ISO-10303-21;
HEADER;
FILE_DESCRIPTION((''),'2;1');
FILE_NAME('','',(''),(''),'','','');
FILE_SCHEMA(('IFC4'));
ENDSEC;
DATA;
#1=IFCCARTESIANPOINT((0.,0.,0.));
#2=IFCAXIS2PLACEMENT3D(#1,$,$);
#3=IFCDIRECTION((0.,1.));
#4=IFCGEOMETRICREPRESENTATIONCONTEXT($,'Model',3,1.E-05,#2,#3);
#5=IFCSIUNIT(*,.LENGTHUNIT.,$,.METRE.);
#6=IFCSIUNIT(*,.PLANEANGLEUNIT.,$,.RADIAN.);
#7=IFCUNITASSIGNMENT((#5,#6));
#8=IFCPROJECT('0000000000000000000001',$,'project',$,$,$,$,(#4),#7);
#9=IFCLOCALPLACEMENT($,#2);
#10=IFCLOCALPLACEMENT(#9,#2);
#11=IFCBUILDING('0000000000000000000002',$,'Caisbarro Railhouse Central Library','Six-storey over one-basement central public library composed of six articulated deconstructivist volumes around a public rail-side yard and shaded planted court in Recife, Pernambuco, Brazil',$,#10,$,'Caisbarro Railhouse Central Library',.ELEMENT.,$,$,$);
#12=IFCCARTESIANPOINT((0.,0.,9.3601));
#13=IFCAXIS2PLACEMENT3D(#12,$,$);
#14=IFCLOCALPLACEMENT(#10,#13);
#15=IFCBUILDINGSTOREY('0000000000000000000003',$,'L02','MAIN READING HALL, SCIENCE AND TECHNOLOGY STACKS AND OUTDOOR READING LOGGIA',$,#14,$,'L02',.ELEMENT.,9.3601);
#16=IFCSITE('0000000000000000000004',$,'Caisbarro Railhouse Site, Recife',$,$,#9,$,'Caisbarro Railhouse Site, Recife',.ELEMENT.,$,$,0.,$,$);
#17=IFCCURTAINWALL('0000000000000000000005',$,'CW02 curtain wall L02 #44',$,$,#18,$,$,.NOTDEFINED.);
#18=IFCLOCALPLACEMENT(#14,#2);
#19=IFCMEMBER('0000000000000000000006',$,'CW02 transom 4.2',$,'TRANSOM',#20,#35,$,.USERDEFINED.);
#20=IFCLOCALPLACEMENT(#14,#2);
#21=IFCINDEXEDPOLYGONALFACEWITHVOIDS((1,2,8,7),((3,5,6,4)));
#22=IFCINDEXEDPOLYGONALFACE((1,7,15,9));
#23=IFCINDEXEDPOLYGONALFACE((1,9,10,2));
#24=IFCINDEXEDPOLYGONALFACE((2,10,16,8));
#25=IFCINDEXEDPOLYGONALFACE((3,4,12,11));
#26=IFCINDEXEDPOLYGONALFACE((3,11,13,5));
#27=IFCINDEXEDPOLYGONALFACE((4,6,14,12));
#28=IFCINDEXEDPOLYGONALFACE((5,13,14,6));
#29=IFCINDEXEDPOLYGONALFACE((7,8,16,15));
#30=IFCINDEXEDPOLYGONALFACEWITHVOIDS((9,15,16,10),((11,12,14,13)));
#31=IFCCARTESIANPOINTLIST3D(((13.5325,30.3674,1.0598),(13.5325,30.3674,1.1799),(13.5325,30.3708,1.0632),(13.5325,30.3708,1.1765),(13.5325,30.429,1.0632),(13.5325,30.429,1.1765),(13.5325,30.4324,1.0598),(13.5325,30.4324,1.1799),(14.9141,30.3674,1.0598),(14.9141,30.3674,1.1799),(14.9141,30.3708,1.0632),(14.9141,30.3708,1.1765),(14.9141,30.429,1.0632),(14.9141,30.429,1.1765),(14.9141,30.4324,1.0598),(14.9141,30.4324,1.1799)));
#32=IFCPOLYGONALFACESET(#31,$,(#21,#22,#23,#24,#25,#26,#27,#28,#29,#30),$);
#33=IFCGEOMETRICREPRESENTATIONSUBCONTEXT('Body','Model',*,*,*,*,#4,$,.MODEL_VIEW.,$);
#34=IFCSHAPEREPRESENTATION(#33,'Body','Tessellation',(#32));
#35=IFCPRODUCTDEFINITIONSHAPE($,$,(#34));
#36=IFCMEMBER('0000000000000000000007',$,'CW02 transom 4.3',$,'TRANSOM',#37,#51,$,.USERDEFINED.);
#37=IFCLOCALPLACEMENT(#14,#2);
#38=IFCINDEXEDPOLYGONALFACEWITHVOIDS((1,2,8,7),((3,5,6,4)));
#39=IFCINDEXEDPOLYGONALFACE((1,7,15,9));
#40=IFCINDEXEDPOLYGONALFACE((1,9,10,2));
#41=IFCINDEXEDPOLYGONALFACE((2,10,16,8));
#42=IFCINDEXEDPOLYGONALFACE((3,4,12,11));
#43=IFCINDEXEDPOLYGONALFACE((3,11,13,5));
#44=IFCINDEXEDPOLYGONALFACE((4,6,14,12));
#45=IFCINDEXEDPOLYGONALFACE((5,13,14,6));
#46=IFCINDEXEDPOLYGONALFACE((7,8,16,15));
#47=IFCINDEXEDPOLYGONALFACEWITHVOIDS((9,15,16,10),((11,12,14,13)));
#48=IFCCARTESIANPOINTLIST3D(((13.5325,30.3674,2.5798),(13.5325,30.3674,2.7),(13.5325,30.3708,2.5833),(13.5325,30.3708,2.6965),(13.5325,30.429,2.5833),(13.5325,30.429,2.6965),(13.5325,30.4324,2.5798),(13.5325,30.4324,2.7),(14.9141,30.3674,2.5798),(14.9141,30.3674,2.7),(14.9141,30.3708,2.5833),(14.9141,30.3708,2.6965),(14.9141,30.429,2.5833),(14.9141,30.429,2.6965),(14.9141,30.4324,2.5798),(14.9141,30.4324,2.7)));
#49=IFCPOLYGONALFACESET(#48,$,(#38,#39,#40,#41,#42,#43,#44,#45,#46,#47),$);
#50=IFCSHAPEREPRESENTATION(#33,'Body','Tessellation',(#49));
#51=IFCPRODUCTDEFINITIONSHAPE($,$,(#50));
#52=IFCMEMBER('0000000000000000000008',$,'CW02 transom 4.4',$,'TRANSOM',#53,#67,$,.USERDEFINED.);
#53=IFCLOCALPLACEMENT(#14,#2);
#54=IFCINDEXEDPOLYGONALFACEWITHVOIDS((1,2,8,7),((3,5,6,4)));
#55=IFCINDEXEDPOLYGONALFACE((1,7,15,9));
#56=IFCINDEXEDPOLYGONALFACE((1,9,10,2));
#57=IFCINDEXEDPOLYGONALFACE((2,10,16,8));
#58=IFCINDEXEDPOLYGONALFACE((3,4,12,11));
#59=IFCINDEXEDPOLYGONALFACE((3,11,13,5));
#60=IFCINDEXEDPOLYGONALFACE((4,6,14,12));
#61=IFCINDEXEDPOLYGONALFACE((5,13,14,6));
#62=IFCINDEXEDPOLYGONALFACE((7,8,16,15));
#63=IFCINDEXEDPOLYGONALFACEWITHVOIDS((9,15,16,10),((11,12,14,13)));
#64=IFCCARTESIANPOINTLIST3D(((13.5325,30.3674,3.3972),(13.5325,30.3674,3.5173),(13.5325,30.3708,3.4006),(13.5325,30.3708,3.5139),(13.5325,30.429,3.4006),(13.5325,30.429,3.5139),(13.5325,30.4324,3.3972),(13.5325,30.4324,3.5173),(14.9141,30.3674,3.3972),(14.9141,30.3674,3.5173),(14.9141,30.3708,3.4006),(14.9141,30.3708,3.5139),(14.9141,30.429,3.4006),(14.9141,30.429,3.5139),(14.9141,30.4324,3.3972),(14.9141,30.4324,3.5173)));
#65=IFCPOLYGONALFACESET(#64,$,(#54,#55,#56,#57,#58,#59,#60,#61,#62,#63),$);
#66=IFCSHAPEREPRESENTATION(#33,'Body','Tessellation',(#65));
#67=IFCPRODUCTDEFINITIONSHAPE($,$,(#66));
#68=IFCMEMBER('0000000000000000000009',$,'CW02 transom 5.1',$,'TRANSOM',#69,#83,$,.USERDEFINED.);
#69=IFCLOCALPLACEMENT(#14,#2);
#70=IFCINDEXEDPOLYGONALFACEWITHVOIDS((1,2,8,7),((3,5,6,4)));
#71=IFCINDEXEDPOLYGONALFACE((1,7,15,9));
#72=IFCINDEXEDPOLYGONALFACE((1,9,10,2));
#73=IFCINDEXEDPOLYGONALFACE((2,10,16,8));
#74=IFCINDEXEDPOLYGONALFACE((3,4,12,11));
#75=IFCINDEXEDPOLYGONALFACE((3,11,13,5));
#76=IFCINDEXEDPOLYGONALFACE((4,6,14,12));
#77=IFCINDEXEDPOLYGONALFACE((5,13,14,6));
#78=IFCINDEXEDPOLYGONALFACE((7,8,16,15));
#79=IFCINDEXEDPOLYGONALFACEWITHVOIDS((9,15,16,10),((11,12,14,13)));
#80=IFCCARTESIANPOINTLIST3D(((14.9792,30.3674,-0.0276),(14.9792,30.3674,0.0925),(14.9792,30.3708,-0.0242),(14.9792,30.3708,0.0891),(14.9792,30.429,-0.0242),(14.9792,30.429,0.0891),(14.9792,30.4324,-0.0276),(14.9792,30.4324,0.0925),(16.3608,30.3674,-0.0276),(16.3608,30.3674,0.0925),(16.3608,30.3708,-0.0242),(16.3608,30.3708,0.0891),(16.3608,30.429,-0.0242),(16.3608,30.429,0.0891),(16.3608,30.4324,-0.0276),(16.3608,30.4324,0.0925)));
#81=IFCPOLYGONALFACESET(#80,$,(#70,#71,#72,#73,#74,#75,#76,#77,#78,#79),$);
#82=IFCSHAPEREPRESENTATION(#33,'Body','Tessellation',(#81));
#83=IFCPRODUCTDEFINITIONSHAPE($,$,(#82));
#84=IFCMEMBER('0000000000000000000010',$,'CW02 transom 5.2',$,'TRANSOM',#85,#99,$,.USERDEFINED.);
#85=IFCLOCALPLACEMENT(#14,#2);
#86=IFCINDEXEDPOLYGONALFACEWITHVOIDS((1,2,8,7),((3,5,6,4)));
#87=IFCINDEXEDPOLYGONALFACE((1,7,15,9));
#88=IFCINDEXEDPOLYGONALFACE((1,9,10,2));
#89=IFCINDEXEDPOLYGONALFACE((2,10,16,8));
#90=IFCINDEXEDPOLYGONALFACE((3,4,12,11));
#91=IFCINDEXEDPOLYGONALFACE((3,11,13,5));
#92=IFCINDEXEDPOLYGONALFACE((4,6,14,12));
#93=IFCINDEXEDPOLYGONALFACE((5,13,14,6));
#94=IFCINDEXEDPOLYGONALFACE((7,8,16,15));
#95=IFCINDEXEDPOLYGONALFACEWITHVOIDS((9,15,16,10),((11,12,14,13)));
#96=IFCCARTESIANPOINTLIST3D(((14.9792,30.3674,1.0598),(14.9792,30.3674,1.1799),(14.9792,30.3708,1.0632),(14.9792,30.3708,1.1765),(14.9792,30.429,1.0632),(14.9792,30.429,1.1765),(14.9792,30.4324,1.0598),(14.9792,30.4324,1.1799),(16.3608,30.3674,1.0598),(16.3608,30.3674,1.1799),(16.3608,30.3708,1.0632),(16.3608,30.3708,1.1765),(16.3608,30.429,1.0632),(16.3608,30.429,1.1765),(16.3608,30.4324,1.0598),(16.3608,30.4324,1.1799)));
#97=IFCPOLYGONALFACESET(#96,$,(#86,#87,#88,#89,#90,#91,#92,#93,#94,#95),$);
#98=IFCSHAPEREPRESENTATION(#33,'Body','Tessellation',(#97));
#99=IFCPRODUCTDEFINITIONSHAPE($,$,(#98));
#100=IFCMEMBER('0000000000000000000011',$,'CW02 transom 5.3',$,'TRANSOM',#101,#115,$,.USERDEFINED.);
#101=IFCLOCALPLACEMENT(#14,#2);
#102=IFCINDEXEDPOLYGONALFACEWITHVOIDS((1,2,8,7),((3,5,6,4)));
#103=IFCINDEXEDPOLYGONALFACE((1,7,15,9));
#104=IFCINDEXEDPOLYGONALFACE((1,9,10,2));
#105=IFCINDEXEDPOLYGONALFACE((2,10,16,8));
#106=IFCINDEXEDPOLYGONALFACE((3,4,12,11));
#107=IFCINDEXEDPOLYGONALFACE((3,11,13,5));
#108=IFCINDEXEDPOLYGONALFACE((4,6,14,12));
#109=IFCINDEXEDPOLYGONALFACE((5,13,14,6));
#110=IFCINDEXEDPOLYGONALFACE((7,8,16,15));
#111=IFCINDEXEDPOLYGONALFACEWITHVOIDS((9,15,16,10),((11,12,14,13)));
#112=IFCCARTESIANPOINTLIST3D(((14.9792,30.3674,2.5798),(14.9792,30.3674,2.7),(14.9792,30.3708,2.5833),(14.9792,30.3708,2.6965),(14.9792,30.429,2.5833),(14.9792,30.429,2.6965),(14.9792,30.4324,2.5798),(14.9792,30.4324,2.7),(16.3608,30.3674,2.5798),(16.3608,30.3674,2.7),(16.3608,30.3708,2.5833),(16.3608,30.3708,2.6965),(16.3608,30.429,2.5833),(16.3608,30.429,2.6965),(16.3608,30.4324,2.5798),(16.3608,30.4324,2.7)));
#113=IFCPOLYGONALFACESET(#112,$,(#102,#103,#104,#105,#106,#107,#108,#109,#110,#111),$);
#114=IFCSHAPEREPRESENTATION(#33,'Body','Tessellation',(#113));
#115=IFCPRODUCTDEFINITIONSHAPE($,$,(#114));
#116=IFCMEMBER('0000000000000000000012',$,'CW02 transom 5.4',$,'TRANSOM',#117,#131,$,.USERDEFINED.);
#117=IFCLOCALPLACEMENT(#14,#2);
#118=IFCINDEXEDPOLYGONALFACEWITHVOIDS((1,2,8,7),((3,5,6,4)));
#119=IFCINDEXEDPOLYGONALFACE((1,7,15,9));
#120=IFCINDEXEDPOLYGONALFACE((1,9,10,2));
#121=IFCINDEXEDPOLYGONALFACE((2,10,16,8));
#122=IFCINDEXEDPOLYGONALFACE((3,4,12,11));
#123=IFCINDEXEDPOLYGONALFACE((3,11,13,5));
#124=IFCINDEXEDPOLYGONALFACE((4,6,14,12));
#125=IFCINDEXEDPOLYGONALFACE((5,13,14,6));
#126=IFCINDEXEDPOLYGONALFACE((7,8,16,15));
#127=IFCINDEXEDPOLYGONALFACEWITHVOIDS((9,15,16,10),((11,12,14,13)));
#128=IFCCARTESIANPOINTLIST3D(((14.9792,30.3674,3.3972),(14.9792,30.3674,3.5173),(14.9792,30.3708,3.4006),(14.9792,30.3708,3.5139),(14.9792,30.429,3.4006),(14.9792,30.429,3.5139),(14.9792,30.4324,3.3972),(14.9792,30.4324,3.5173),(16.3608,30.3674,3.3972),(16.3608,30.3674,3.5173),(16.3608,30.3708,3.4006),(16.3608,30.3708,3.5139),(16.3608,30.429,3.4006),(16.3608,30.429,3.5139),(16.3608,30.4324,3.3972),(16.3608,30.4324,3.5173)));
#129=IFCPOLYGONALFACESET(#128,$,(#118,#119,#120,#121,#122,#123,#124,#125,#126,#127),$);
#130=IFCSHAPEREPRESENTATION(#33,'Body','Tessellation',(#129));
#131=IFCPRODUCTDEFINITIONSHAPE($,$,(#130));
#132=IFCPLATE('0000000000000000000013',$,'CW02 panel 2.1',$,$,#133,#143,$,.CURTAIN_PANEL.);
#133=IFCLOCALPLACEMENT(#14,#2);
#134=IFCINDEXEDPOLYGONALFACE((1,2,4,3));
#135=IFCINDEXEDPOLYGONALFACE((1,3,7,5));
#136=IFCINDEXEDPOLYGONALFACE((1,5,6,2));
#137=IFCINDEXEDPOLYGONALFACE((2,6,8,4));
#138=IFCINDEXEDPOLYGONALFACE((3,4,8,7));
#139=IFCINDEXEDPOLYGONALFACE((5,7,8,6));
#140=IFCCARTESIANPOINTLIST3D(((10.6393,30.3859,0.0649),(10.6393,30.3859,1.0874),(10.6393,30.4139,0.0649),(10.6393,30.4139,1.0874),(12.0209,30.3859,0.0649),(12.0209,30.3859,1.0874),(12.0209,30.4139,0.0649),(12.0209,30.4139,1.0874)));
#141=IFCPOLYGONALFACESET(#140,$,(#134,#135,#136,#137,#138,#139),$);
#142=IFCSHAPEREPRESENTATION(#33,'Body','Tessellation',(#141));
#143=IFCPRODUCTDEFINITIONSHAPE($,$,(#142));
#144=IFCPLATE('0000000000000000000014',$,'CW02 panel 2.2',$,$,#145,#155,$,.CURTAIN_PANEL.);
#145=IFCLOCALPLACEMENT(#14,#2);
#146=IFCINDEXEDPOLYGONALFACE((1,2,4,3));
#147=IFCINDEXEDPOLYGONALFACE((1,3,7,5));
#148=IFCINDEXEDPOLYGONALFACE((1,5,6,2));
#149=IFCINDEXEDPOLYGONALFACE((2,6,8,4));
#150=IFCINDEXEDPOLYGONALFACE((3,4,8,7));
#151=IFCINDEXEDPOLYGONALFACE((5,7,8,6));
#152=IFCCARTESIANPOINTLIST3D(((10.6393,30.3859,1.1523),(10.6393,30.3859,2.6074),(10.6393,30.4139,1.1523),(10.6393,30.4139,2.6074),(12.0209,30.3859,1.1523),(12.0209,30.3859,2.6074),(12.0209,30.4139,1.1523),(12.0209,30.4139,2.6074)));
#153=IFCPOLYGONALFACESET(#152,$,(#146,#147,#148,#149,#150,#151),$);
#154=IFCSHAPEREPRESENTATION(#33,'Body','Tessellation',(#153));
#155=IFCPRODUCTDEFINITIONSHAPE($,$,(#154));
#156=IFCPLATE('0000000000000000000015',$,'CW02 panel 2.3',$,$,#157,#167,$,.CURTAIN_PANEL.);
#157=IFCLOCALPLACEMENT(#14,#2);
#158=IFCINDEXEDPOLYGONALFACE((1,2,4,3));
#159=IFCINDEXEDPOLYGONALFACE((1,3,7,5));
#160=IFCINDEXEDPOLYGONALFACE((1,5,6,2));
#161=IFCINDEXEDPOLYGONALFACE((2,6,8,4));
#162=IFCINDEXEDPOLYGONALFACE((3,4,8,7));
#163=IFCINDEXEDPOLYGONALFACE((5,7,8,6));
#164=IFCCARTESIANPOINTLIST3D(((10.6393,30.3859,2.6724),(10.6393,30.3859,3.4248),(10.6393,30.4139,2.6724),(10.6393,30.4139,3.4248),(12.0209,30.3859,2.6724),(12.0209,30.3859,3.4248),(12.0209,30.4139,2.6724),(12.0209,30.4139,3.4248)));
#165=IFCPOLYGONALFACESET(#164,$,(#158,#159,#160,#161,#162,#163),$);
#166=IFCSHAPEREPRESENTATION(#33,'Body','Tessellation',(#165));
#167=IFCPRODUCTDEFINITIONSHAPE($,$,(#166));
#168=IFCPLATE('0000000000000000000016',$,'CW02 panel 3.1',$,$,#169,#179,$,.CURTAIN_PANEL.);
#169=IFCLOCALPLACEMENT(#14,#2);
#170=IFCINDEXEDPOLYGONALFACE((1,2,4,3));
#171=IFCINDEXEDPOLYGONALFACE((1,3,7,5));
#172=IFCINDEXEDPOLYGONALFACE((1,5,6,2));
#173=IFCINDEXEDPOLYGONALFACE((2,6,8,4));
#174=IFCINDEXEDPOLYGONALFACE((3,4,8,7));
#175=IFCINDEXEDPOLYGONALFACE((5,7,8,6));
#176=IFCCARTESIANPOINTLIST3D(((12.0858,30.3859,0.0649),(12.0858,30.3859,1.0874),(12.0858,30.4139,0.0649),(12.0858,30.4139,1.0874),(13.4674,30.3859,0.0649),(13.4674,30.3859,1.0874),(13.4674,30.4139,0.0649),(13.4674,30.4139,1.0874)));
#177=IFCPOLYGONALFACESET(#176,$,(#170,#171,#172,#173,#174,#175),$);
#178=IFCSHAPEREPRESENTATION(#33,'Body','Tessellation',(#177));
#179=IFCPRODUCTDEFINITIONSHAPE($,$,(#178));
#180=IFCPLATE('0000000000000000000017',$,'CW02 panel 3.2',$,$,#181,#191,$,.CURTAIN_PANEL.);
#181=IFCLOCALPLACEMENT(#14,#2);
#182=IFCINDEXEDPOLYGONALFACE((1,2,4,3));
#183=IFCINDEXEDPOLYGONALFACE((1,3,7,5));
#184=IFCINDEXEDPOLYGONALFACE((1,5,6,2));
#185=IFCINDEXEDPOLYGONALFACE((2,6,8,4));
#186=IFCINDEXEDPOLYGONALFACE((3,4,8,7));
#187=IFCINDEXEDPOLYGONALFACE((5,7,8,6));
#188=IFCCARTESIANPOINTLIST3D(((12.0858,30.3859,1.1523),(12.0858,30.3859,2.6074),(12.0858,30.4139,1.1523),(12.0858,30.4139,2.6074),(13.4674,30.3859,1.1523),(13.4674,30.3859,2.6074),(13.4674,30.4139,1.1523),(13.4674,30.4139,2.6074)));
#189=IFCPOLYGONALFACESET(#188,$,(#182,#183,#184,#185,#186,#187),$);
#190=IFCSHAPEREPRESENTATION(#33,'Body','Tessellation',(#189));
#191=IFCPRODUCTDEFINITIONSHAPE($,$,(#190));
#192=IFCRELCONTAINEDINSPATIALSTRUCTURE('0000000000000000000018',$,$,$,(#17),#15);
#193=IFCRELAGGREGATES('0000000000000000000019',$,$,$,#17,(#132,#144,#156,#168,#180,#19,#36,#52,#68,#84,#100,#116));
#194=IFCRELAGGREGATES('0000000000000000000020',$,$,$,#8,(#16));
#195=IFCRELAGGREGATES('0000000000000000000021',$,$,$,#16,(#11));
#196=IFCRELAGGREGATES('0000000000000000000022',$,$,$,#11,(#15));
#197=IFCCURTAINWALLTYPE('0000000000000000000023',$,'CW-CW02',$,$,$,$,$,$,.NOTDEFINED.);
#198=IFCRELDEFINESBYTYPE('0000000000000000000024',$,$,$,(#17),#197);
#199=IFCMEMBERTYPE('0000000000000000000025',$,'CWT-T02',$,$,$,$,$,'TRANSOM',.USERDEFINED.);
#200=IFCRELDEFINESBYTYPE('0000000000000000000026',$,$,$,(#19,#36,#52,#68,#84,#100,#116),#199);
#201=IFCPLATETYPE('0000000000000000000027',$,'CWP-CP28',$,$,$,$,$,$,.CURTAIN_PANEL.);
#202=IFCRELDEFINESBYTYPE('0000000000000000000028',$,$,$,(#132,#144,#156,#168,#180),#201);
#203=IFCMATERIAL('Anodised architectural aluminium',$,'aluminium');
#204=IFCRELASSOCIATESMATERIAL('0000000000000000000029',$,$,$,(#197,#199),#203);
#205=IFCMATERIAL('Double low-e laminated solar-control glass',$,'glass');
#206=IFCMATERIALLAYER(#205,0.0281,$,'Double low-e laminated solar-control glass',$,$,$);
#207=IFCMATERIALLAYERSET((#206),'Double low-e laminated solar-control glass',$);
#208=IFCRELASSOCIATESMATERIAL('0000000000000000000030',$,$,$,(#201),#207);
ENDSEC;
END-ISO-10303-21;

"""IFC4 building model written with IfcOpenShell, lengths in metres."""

from ifc_helpers import new_model, si_unit, direction, frame, origin, origin_2d, place, context, subcontext, project, spatial, rectangle, hollow_rectangle, extrude, material, layer, layer_set, material_profile, profile_set, type_object, element, aggregate, save


model = new_model("IFC4")

# Units and contexts
model_context = context("Model", 3, precision=1e-05, world=origin(), true_north=direction((0.0, 1.0)))
body_context = subcontext(model_context, "Body", "Model", "MODEL_VIEW")
ifc_project = project(units=[si_unit("LENGTHUNIT", "METRE"), si_unit("PLANEANGLEUNIT", "RADIAN")], contexts=[model_context])

# Site, building, storey
site_placement = place(None, origin())
site = spatial("IfcSite", under=ifc_project, at=site_placement, Name="Caisbarro Railhouse Site, Recife", LongName="Caisbarro Railhouse Site, Recife", CompositionType="ELEMENT", RefElevation=0.0)
building_placement = place(site_placement, origin())
building = spatial("IfcBuilding", under=site, at=building_placement, Name="Caisbarro Railhouse Central Library", Description="Six-storey over one-basement central public library composed of six articulated deconstructivist volumes around a public rail-side yard and shaded planted court in Recife, Pernambuco, Brazil", LongName="Caisbarro Railhouse Central Library", CompositionType="ELEMENT")
storey_placement = place(building_placement, frame((0.0, 0.0, 9.3601)))
storey = spatial("IfcBuildingStorey", under=building, at=storey_placement, Name="L02", Description="MAIN READING HALL, SCIENCE AND TECHNOLOGY STACKS AND OUTDOOR READING LOGGIA", LongName="L02", CompositionType="ELEMENT", Elevation=9.3601)

# Curtain wall, members, plates
ifc_material_1 = material(Name="Anodised architectural aluminium", Category="aluminium")
curtain_wall_type = type_object("IfcCurtainWallType", Name="CW-CW02", PredefinedType="NOTDEFINED", material=ifc_material_1)
curtain_wall_placement = place(storey_placement, origin())
curtain_wall = element("IfcCurtainWall", 1, at=curtain_wall_placement, inside=storey, type_object=curtain_wall_type, Name="CW02 curtain wall L02 #44", PredefinedType="NOTDEFINED")
ifc_material_profile_1 = material_profile(ifc_material_1, hollow_rectangle(XDim=0.0649, YDim=0.1201, WallThickness=0.0034, at=origin_2d()), Name="ALU-TRN-65X120")
ifc_profile_set_1 = profile_set([ifc_material_profile_1], Name="Anodised architectural aluminium")
member_type_1 = type_object("IfcMemberType", Name="CWT-T02", ElementType="TRANSOM", PredefinedType="USERDEFINED", material=ifc_profile_set_1)
member_1_placement = place(storey_placement, frame((13.5325, 30.3999, 1.1199), z_axis=(1.0, 0.0, 0.0), x_axis=(0.0, 1.0, 0.0)))
member_1 = element("IfcMember", 2, at=member_1_placement, type_object=member_type_1, Name="CW02 transom 4.2", ObjectType="TRANSOM", PredefinedType="USERDEFINED", context=body_context, shape_type="SweptSolid", body=[
    extrude(hollow_rectangle(XDim=0.0649, YDim=0.1201, WallThickness=0.0034, at=origin_2d()), origin(), (0.0, 0.0, 1.0), 1.3816),
])
member_2_placement = place(storey_placement, frame((13.5325, 30.3999, 2.6399), z_axis=(1.0, 0.0, 0.0), x_axis=(0.0, 1.0, 0.0)))
member_2 = element("IfcMember", 3, at=member_2_placement, type_object=member_type_1, Name="CW02 transom 4.3", ObjectType="TRANSOM", PredefinedType="USERDEFINED", context=body_context, shape_type="SweptSolid", body=[
    extrude(hollow_rectangle(XDim=0.0649, YDim=0.1201, WallThickness=0.0034, at=origin_2d()), origin(), (0.0, 0.0, 1.0), 1.3816),
])
member_3_placement = place(storey_placement, frame((13.5325, 30.3999, 3.4573), z_axis=(1.0, 0.0, 0.0), x_axis=(0.0, 1.0, 0.0)))
member_3 = element("IfcMember", 4, at=member_3_placement, type_object=member_type_1, Name="CW02 transom 4.4", ObjectType="TRANSOM", PredefinedType="USERDEFINED", context=body_context, shape_type="SweptSolid", body=[
    extrude(hollow_rectangle(XDim=0.0649, YDim=0.1201, WallThickness=0.0034, at=origin_2d()), origin(), (0.0, 0.0, 1.0), 1.3816),
])
member_4_placement = place(storey_placement, frame((14.9792, 30.3999, 0.0325), z_axis=(1.0, 0.0, 0.0), x_axis=(0.0, 1.0, 0.0)))
member_4 = element("IfcMember", 5, at=member_4_placement, type_object=member_type_1, Name="CW02 transom 5.1", ObjectType="TRANSOM", PredefinedType="USERDEFINED", context=body_context, shape_type="SweptSolid", body=[
    extrude(hollow_rectangle(XDim=0.0649, YDim=0.1201, WallThickness=0.0034, at=origin_2d()), origin(), (0.0, 0.0, 1.0), 1.3816),
])
member_5_placement = place(storey_placement, frame((14.9792, 30.3999, 1.1199), z_axis=(1.0, 0.0, 0.0), x_axis=(0.0, 1.0, 0.0)))
member_5 = element("IfcMember", 6, at=member_5_placement, type_object=member_type_1, Name="CW02 transom 5.2", ObjectType="TRANSOM", PredefinedType="USERDEFINED", context=body_context, shape_type="SweptSolid", body=[
    extrude(hollow_rectangle(XDim=0.0649, YDim=0.1201, WallThickness=0.0034, at=origin_2d()), origin(), (0.0, 0.0, 1.0), 1.3816),
])
member_6_placement = place(storey_placement, frame((14.9792, 30.3999, 2.6399), z_axis=(1.0, 0.0, 0.0), x_axis=(0.0, 1.0, 0.0)))
member_6 = element("IfcMember", 7, at=member_6_placement, type_object=member_type_1, Name="CW02 transom 5.3", ObjectType="TRANSOM", PredefinedType="USERDEFINED", context=body_context, shape_type="SweptSolid", body=[
    extrude(hollow_rectangle(XDim=0.0649, YDim=0.1201, WallThickness=0.0034, at=origin_2d()), origin(), (0.0, 0.0, 1.0), 1.3816),
])
member_7_placement = place(storey_placement, frame((14.9792, 30.3999, 3.4573), z_axis=(1.0, 0.0, 0.0), x_axis=(0.0, 1.0, 0.0)))
member_7 = element("IfcMember", 8, at=member_7_placement, type_object=member_type_1, Name="CW02 transom 5.4", ObjectType="TRANSOM", PredefinedType="USERDEFINED", context=body_context, shape_type="SweptSolid", body=[
    extrude(hollow_rectangle(XDim=0.0649, YDim=0.1201, WallThickness=0.0034, at=origin_2d()), origin(), (0.0, 0.0, 1.0), 1.3816),
])
ifc_material_2 = material(Name="Double low-e laminated solar-control glass", Category="glass")
ifc_layer = layer(ifc_material_2, 0.0281, Name="Double low-e laminated solar-control glass")
ifc_layer_set = layer_set([ifc_layer], Name="Double low-e laminated solar-control glass")
plate_type = type_object("IfcPlateType", Name="CWP-CP28", PredefinedType="CURTAIN_PANEL", material=ifc_layer_set)
plate_1_placement = place(storey_placement, frame((11.3301, 30.3999, 0.0649), z_axis=(0.0, 0.0, 1.0), x_axis=(1.0, 0.0, 0.0)))
plate_1 = element("IfcPlate", 9, at=plate_1_placement, type_object=plate_type, Name="CW02 panel 2.1", PredefinedType="CURTAIN_PANEL", context=body_context, shape_type="SweptSolid", body=[
    extrude(rectangle(XDim=1.3816, YDim=0.0281, at=origin_2d()), origin(), (0.0, 0.0, 1.0), 1.0225),
])
plate_2_placement = place(storey_placement, frame((11.3301, 30.3999, 1.1523), z_axis=(0.0, 0.0, 1.0), x_axis=(1.0, 0.0, 0.0)))
plate_2 = element("IfcPlate", 10, at=plate_2_placement, type_object=plate_type, Name="CW02 panel 2.2", PredefinedType="CURTAIN_PANEL", context=body_context, shape_type="SweptSolid", body=[
    extrude(rectangle(XDim=1.3816, YDim=0.0281, at=origin_2d()), origin(), (0.0, 0.0, 1.0), 1.4551),
])
plate_3_placement = place(storey_placement, frame((11.3301, 30.3999, 2.6724), z_axis=(0.0, 0.0, 1.0), x_axis=(1.0, 0.0, 0.0)))
plate_3 = element("IfcPlate", 11, at=plate_3_placement, type_object=plate_type, Name="CW02 panel 2.3", PredefinedType="CURTAIN_PANEL", context=body_context, shape_type="SweptSolid", body=[
    extrude(rectangle(XDim=1.3816, YDim=0.0281, at=origin_2d()), origin(), (0.0, 0.0, 1.0), 0.7524),
])
plate_4_placement = place(storey_placement, frame((12.7766, 30.3999, 0.0649), z_axis=(0.0, 0.0, 1.0), x_axis=(1.0, 0.0, 0.0)))
plate_4 = element("IfcPlate", 12, at=plate_4_placement, type_object=plate_type, Name="CW02 panel 3.1", PredefinedType="CURTAIN_PANEL", context=body_context, shape_type="SweptSolid", body=[
    extrude(rectangle(XDim=1.3816, YDim=0.0281, at=origin_2d()), origin(), (0.0, 0.0, 1.0), 1.0225),
])
plate_5_placement = place(storey_placement, frame((12.7766, 30.3999, 1.1523), z_axis=(0.0, 0.0, 1.0), x_axis=(1.0, 0.0, 0.0)))
plate_5 = element("IfcPlate", 13, at=plate_5_placement, type_object=plate_type, Name="CW02 panel 3.2", PredefinedType="CURTAIN_PANEL", context=body_context, shape_type="SweptSolid", body=[
    extrude(rectangle(XDim=1.3816, YDim=0.0281, at=origin_2d()), origin(), (0.0, 0.0, 1.0), 1.4551),
])
aggregate(curtain_wall, [plate_1, plate_2, plate_3, plate_4, plate_5, member_1, member_2, member_3, member_4, member_5, member_6, member_7])

save(model, "model.ifc")
